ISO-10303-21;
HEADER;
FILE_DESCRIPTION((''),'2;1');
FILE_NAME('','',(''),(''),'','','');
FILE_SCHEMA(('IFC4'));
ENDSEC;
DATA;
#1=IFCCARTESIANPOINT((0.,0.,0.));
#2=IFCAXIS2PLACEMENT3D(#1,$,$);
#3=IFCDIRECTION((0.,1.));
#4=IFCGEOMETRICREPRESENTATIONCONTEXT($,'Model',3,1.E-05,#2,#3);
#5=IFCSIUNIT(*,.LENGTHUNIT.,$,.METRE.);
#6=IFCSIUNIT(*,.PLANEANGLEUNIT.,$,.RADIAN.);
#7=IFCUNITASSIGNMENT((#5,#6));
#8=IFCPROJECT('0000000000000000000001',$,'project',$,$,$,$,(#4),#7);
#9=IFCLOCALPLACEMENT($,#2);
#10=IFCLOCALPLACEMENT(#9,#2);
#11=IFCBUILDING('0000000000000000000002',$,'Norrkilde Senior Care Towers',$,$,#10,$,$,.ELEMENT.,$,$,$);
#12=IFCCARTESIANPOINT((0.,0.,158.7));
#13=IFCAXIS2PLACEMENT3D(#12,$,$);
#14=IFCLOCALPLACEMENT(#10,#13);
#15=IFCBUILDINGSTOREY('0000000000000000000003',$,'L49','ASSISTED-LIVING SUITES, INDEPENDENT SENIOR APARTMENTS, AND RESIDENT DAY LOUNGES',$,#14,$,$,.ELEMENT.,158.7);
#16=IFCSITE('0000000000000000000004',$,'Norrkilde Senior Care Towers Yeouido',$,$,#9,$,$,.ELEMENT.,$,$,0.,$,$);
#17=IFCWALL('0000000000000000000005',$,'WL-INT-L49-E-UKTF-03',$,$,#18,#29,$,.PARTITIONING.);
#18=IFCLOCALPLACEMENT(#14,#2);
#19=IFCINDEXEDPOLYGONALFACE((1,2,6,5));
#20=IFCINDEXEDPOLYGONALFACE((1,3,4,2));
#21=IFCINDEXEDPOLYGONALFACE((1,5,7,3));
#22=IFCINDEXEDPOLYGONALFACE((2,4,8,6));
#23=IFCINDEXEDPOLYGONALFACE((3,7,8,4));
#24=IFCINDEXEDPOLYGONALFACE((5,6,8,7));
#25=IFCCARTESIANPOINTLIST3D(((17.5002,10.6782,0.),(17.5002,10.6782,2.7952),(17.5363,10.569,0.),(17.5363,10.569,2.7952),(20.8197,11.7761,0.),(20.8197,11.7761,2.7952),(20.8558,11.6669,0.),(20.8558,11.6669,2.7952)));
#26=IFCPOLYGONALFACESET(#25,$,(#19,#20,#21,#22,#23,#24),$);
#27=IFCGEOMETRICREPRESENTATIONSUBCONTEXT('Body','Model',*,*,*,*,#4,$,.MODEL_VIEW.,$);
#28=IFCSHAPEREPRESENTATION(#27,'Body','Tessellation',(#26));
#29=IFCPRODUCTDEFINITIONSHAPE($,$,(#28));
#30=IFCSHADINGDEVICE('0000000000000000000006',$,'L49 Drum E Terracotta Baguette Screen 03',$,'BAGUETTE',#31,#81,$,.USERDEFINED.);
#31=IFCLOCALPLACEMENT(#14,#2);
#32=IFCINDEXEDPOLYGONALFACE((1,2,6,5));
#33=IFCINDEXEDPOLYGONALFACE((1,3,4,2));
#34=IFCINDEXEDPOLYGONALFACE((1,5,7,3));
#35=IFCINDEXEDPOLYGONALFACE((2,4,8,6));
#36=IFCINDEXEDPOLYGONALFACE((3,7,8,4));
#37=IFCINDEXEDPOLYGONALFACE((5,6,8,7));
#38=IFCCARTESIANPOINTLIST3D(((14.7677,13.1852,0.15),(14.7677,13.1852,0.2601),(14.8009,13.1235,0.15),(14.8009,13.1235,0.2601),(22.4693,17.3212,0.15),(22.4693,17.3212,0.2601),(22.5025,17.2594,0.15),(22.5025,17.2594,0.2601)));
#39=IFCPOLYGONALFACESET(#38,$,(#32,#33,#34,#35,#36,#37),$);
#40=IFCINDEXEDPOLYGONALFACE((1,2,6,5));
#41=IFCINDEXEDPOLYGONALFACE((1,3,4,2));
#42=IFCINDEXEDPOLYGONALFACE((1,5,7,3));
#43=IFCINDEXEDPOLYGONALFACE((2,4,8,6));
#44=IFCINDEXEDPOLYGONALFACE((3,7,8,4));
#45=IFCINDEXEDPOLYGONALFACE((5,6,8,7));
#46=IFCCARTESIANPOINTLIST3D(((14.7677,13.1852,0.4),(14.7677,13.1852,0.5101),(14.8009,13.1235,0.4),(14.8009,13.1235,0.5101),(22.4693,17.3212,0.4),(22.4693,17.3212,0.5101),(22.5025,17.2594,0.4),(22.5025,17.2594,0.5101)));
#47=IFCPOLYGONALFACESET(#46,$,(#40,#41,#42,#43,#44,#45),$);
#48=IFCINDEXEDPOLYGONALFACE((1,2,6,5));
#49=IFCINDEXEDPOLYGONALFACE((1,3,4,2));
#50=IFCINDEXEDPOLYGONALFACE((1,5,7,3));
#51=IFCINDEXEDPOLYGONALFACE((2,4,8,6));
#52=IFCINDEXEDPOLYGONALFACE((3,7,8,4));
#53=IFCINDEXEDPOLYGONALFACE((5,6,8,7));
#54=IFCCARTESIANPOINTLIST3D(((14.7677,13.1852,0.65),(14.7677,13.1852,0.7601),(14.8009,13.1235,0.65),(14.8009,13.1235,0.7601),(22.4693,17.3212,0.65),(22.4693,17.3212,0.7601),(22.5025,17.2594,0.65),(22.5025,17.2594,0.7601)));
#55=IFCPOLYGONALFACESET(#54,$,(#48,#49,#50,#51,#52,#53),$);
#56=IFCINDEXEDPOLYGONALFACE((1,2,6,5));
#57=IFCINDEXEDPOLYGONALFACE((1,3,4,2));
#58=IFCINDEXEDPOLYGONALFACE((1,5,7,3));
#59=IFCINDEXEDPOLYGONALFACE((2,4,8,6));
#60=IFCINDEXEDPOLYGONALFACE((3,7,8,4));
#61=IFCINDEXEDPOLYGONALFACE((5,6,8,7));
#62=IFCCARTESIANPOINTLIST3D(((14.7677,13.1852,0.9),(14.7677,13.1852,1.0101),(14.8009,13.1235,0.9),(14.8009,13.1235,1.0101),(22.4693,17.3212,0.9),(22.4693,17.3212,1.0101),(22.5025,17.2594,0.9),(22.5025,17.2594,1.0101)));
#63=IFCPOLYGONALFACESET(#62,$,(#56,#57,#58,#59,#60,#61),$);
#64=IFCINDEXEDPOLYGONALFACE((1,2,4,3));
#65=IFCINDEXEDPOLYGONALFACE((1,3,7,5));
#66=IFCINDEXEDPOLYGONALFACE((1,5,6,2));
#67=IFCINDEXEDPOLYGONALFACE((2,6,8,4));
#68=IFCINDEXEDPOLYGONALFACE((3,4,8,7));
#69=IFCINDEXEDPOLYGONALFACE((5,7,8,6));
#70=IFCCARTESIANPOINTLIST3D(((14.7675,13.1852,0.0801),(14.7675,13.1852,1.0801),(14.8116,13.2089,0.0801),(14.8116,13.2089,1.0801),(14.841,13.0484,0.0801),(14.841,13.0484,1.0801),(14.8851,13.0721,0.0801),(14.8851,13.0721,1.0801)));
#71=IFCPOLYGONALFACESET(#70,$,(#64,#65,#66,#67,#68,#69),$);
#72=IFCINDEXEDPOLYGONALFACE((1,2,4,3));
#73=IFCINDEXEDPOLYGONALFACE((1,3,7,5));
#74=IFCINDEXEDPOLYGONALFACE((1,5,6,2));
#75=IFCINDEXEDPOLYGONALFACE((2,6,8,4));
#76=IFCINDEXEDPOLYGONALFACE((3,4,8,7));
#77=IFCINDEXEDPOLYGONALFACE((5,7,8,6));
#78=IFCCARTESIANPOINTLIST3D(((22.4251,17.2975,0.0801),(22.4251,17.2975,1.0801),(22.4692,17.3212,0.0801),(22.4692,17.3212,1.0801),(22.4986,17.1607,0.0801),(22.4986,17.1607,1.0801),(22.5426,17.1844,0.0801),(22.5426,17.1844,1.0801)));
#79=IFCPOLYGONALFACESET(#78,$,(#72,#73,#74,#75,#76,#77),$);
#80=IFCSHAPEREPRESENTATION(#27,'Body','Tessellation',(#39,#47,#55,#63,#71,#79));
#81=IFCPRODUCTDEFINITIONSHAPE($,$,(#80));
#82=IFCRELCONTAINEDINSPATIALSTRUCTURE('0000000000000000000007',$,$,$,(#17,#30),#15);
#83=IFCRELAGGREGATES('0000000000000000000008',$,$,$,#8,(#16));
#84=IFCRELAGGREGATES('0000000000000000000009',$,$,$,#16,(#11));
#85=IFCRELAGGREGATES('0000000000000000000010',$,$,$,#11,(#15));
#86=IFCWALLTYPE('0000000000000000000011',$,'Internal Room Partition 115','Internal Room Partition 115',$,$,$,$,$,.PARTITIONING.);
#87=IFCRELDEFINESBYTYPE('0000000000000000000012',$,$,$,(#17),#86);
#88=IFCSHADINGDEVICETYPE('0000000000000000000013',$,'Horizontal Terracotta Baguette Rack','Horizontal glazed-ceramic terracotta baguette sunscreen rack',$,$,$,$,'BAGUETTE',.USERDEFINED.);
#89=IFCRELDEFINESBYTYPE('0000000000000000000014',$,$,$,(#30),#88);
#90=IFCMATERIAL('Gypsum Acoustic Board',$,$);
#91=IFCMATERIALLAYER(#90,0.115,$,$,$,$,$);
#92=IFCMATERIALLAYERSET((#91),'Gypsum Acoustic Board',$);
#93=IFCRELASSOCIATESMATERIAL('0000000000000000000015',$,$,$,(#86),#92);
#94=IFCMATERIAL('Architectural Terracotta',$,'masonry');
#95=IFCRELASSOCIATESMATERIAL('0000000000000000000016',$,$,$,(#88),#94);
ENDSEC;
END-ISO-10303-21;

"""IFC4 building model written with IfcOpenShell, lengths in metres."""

from ifc_helpers import new_model, si_unit, direction, frame, frame_2d, origin, origin_2d, place, context, subcontext, project, spatial, rectangle, extrude, source, transform, mapped, material, layer, layer_set, type_object, type_shapes, element, save


model = new_model("IFC4")

# Units and contexts
model_context = context("Model", 3, precision=1e-05, world=origin(), true_north=direction((0.0, 1.0)))
body_context = subcontext(model_context, "Body", "Model", "MODEL_VIEW")
ifc_project = project(units=[si_unit("LENGTHUNIT", "METRE"), si_unit("PLANEANGLEUNIT", "RADIAN")], contexts=[model_context])

# Site, building, storey
site_placement = place(None, origin())
site = spatial("IfcSite", under=ifc_project, at=site_placement, Name="Norrkilde Senior Care Towers Yeouido", CompositionType="ELEMENT", RefElevation=0.0)
building_placement = place(site_placement, origin())
building = spatial("IfcBuilding", under=site, at=building_placement, Name="Norrkilde Senior Care Towers", CompositionType="ELEMENT")
storey_placement = place(building_placement, frame((0.0, 0.0, 158.7)))
storey = spatial("IfcBuildingStorey", under=building, at=storey_placement, Name="L49", Description="ASSISTED-LIVING SUITES, INDEPENDENT SENIOR APARTMENTS, AND RESIDENT DAY LOUNGES", CompositionType="ELEMENT", Elevation=158.7)

# Shared definitions
ifc_material_1 = material(Name="Gypsum Acoustic Board")

# Shared definitions
ifc_layer_1 = layer(ifc_material_1, 0.115)
ifc_layer_set_1 = layer_set([ifc_layer_1], Name="Gypsum Acoustic Board")
wall_type_1 = type_object("IfcWallType", Name="Internal Room Partition 115", Description="Internal Room Partition 115", PredefinedType="PARTITIONING", material=ifc_layer_set_1)

# Wall
shared_shape_1 = source(origin(), body_context, "Body", "SweptSolid", [
    extrude(rectangle(XDim=3.4963, YDim=0.115, at=frame_2d((1.748, 0.0))), origin(), (0.0, 0.0, 1.0), 2.7952),
])
wall_1_placement = place(storey_placement, frame((20.8376, 11.7214, 0.0), z_axis=(0.0, 0.0, 1.0), x_axis=(-0.949421, -0.314006, 0.0)))
element("IfcWall", 1, at=wall_1_placement, inside=storey, type_object=wall_type_1, Name="WL-INT-L49-E-UKTF-03", PredefinedType="PARTITIONING", context=body_context, shape_type="MappedRepresentation", body=[
    mapped(shared_shape_1, transform((0.0, 0.0, 0.0), x_axis=(1.0, 0.0, 0.0), y_axis=(0.0, 1.0, 0.0), z_axis=(0.0, 0.0, 1.0), scale=1.0)),
])

# Shading device
ifc_material_2 = material(Name="Architectural Terracotta", Category="masonry")
shading_device_type = type_object("IfcShadingDeviceType", Name="Horizontal Terracotta Baguette Rack", Description="Horizontal glazed-ceramic terracotta baguette sunscreen rack", ElementType="BAGUETTE", PredefinedType="USERDEFINED", material=ifc_material_2)
shared_shape_2 = source(origin(), body_context, "Body", "SweptSolid", [
    extrude(rectangle(XDim=0.0701, YDim=0.1101, at=origin_2d()), frame((0.0, 0.0901, 0.125), z_axis=(1.0, 0.0, 0.0), x_axis=(0.0, 1.0, 0.0)), (0.0, 0.0, 1.0), 8.7419),
    extrude(rectangle(XDim=0.0701, YDim=0.1101, at=origin_2d()), frame((0.0, 0.0901, 0.375), z_axis=(1.0, 0.0, 0.0), x_axis=(0.0, 1.0, 0.0)), (0.0, 0.0, 1.0), 8.7419),
    extrude(rectangle(XDim=0.0701, YDim=0.1101, at=origin_2d()), frame((0.0, 0.0901, 0.625), z_axis=(1.0, 0.0, 0.0), x_axis=(0.0, 1.0, 0.0)), (0.0, 0.0, 1.0), 8.7419),
    extrude(rectangle(XDim=0.0701, YDim=0.1101, at=origin_2d()), frame((0.0, 0.0901, 0.875), z_axis=(1.0, 0.0, 0.0), x_axis=(0.0, 1.0, 0.0)), (0.0, 0.0, 1.0), 8.7419),
    extrude(rectangle(XDim=0.05, YDim=0.1553, at=origin_2d()), frame((0.0249, 0.0476, 0.0)), (0.0, 0.0, 1.0), 1.0),
    extrude(rectangle(XDim=0.05, YDim=0.1553, at=origin_2d()), frame((8.7168, 0.0476, 0.0)), (0.0, 0.0, 1.0), 1.0),
])
type_shapes(shading_device_type, [shared_shape_2])
shading_device_placement = place(storey_placement, frame((14.8269, 13.075, 0.0801), z_axis=(0.0, 0.0, 1.0), x_axis=(0.881001, 0.47312, 0.0)))
element("IfcShadingDevice", 2, at=shading_device_placement, inside=storey, type_object=shading_device_type, Name="L49 Drum E Terracotta Baguette Screen 03", ObjectType="BAGUETTE", PredefinedType="USERDEFINED", context=body_context, shape_type="MappedRepresentation", body=[
    mapped(shared_shape_2, transform((0.0, 0.0, 0.0), x_axis=(1.0, 0.0, 0.0), y_axis=(0.0, 1.0, 0.0), z_axis=(0.0, 0.0, 1.0), scale=1.0)),
])

save(model, "model.ifc")
